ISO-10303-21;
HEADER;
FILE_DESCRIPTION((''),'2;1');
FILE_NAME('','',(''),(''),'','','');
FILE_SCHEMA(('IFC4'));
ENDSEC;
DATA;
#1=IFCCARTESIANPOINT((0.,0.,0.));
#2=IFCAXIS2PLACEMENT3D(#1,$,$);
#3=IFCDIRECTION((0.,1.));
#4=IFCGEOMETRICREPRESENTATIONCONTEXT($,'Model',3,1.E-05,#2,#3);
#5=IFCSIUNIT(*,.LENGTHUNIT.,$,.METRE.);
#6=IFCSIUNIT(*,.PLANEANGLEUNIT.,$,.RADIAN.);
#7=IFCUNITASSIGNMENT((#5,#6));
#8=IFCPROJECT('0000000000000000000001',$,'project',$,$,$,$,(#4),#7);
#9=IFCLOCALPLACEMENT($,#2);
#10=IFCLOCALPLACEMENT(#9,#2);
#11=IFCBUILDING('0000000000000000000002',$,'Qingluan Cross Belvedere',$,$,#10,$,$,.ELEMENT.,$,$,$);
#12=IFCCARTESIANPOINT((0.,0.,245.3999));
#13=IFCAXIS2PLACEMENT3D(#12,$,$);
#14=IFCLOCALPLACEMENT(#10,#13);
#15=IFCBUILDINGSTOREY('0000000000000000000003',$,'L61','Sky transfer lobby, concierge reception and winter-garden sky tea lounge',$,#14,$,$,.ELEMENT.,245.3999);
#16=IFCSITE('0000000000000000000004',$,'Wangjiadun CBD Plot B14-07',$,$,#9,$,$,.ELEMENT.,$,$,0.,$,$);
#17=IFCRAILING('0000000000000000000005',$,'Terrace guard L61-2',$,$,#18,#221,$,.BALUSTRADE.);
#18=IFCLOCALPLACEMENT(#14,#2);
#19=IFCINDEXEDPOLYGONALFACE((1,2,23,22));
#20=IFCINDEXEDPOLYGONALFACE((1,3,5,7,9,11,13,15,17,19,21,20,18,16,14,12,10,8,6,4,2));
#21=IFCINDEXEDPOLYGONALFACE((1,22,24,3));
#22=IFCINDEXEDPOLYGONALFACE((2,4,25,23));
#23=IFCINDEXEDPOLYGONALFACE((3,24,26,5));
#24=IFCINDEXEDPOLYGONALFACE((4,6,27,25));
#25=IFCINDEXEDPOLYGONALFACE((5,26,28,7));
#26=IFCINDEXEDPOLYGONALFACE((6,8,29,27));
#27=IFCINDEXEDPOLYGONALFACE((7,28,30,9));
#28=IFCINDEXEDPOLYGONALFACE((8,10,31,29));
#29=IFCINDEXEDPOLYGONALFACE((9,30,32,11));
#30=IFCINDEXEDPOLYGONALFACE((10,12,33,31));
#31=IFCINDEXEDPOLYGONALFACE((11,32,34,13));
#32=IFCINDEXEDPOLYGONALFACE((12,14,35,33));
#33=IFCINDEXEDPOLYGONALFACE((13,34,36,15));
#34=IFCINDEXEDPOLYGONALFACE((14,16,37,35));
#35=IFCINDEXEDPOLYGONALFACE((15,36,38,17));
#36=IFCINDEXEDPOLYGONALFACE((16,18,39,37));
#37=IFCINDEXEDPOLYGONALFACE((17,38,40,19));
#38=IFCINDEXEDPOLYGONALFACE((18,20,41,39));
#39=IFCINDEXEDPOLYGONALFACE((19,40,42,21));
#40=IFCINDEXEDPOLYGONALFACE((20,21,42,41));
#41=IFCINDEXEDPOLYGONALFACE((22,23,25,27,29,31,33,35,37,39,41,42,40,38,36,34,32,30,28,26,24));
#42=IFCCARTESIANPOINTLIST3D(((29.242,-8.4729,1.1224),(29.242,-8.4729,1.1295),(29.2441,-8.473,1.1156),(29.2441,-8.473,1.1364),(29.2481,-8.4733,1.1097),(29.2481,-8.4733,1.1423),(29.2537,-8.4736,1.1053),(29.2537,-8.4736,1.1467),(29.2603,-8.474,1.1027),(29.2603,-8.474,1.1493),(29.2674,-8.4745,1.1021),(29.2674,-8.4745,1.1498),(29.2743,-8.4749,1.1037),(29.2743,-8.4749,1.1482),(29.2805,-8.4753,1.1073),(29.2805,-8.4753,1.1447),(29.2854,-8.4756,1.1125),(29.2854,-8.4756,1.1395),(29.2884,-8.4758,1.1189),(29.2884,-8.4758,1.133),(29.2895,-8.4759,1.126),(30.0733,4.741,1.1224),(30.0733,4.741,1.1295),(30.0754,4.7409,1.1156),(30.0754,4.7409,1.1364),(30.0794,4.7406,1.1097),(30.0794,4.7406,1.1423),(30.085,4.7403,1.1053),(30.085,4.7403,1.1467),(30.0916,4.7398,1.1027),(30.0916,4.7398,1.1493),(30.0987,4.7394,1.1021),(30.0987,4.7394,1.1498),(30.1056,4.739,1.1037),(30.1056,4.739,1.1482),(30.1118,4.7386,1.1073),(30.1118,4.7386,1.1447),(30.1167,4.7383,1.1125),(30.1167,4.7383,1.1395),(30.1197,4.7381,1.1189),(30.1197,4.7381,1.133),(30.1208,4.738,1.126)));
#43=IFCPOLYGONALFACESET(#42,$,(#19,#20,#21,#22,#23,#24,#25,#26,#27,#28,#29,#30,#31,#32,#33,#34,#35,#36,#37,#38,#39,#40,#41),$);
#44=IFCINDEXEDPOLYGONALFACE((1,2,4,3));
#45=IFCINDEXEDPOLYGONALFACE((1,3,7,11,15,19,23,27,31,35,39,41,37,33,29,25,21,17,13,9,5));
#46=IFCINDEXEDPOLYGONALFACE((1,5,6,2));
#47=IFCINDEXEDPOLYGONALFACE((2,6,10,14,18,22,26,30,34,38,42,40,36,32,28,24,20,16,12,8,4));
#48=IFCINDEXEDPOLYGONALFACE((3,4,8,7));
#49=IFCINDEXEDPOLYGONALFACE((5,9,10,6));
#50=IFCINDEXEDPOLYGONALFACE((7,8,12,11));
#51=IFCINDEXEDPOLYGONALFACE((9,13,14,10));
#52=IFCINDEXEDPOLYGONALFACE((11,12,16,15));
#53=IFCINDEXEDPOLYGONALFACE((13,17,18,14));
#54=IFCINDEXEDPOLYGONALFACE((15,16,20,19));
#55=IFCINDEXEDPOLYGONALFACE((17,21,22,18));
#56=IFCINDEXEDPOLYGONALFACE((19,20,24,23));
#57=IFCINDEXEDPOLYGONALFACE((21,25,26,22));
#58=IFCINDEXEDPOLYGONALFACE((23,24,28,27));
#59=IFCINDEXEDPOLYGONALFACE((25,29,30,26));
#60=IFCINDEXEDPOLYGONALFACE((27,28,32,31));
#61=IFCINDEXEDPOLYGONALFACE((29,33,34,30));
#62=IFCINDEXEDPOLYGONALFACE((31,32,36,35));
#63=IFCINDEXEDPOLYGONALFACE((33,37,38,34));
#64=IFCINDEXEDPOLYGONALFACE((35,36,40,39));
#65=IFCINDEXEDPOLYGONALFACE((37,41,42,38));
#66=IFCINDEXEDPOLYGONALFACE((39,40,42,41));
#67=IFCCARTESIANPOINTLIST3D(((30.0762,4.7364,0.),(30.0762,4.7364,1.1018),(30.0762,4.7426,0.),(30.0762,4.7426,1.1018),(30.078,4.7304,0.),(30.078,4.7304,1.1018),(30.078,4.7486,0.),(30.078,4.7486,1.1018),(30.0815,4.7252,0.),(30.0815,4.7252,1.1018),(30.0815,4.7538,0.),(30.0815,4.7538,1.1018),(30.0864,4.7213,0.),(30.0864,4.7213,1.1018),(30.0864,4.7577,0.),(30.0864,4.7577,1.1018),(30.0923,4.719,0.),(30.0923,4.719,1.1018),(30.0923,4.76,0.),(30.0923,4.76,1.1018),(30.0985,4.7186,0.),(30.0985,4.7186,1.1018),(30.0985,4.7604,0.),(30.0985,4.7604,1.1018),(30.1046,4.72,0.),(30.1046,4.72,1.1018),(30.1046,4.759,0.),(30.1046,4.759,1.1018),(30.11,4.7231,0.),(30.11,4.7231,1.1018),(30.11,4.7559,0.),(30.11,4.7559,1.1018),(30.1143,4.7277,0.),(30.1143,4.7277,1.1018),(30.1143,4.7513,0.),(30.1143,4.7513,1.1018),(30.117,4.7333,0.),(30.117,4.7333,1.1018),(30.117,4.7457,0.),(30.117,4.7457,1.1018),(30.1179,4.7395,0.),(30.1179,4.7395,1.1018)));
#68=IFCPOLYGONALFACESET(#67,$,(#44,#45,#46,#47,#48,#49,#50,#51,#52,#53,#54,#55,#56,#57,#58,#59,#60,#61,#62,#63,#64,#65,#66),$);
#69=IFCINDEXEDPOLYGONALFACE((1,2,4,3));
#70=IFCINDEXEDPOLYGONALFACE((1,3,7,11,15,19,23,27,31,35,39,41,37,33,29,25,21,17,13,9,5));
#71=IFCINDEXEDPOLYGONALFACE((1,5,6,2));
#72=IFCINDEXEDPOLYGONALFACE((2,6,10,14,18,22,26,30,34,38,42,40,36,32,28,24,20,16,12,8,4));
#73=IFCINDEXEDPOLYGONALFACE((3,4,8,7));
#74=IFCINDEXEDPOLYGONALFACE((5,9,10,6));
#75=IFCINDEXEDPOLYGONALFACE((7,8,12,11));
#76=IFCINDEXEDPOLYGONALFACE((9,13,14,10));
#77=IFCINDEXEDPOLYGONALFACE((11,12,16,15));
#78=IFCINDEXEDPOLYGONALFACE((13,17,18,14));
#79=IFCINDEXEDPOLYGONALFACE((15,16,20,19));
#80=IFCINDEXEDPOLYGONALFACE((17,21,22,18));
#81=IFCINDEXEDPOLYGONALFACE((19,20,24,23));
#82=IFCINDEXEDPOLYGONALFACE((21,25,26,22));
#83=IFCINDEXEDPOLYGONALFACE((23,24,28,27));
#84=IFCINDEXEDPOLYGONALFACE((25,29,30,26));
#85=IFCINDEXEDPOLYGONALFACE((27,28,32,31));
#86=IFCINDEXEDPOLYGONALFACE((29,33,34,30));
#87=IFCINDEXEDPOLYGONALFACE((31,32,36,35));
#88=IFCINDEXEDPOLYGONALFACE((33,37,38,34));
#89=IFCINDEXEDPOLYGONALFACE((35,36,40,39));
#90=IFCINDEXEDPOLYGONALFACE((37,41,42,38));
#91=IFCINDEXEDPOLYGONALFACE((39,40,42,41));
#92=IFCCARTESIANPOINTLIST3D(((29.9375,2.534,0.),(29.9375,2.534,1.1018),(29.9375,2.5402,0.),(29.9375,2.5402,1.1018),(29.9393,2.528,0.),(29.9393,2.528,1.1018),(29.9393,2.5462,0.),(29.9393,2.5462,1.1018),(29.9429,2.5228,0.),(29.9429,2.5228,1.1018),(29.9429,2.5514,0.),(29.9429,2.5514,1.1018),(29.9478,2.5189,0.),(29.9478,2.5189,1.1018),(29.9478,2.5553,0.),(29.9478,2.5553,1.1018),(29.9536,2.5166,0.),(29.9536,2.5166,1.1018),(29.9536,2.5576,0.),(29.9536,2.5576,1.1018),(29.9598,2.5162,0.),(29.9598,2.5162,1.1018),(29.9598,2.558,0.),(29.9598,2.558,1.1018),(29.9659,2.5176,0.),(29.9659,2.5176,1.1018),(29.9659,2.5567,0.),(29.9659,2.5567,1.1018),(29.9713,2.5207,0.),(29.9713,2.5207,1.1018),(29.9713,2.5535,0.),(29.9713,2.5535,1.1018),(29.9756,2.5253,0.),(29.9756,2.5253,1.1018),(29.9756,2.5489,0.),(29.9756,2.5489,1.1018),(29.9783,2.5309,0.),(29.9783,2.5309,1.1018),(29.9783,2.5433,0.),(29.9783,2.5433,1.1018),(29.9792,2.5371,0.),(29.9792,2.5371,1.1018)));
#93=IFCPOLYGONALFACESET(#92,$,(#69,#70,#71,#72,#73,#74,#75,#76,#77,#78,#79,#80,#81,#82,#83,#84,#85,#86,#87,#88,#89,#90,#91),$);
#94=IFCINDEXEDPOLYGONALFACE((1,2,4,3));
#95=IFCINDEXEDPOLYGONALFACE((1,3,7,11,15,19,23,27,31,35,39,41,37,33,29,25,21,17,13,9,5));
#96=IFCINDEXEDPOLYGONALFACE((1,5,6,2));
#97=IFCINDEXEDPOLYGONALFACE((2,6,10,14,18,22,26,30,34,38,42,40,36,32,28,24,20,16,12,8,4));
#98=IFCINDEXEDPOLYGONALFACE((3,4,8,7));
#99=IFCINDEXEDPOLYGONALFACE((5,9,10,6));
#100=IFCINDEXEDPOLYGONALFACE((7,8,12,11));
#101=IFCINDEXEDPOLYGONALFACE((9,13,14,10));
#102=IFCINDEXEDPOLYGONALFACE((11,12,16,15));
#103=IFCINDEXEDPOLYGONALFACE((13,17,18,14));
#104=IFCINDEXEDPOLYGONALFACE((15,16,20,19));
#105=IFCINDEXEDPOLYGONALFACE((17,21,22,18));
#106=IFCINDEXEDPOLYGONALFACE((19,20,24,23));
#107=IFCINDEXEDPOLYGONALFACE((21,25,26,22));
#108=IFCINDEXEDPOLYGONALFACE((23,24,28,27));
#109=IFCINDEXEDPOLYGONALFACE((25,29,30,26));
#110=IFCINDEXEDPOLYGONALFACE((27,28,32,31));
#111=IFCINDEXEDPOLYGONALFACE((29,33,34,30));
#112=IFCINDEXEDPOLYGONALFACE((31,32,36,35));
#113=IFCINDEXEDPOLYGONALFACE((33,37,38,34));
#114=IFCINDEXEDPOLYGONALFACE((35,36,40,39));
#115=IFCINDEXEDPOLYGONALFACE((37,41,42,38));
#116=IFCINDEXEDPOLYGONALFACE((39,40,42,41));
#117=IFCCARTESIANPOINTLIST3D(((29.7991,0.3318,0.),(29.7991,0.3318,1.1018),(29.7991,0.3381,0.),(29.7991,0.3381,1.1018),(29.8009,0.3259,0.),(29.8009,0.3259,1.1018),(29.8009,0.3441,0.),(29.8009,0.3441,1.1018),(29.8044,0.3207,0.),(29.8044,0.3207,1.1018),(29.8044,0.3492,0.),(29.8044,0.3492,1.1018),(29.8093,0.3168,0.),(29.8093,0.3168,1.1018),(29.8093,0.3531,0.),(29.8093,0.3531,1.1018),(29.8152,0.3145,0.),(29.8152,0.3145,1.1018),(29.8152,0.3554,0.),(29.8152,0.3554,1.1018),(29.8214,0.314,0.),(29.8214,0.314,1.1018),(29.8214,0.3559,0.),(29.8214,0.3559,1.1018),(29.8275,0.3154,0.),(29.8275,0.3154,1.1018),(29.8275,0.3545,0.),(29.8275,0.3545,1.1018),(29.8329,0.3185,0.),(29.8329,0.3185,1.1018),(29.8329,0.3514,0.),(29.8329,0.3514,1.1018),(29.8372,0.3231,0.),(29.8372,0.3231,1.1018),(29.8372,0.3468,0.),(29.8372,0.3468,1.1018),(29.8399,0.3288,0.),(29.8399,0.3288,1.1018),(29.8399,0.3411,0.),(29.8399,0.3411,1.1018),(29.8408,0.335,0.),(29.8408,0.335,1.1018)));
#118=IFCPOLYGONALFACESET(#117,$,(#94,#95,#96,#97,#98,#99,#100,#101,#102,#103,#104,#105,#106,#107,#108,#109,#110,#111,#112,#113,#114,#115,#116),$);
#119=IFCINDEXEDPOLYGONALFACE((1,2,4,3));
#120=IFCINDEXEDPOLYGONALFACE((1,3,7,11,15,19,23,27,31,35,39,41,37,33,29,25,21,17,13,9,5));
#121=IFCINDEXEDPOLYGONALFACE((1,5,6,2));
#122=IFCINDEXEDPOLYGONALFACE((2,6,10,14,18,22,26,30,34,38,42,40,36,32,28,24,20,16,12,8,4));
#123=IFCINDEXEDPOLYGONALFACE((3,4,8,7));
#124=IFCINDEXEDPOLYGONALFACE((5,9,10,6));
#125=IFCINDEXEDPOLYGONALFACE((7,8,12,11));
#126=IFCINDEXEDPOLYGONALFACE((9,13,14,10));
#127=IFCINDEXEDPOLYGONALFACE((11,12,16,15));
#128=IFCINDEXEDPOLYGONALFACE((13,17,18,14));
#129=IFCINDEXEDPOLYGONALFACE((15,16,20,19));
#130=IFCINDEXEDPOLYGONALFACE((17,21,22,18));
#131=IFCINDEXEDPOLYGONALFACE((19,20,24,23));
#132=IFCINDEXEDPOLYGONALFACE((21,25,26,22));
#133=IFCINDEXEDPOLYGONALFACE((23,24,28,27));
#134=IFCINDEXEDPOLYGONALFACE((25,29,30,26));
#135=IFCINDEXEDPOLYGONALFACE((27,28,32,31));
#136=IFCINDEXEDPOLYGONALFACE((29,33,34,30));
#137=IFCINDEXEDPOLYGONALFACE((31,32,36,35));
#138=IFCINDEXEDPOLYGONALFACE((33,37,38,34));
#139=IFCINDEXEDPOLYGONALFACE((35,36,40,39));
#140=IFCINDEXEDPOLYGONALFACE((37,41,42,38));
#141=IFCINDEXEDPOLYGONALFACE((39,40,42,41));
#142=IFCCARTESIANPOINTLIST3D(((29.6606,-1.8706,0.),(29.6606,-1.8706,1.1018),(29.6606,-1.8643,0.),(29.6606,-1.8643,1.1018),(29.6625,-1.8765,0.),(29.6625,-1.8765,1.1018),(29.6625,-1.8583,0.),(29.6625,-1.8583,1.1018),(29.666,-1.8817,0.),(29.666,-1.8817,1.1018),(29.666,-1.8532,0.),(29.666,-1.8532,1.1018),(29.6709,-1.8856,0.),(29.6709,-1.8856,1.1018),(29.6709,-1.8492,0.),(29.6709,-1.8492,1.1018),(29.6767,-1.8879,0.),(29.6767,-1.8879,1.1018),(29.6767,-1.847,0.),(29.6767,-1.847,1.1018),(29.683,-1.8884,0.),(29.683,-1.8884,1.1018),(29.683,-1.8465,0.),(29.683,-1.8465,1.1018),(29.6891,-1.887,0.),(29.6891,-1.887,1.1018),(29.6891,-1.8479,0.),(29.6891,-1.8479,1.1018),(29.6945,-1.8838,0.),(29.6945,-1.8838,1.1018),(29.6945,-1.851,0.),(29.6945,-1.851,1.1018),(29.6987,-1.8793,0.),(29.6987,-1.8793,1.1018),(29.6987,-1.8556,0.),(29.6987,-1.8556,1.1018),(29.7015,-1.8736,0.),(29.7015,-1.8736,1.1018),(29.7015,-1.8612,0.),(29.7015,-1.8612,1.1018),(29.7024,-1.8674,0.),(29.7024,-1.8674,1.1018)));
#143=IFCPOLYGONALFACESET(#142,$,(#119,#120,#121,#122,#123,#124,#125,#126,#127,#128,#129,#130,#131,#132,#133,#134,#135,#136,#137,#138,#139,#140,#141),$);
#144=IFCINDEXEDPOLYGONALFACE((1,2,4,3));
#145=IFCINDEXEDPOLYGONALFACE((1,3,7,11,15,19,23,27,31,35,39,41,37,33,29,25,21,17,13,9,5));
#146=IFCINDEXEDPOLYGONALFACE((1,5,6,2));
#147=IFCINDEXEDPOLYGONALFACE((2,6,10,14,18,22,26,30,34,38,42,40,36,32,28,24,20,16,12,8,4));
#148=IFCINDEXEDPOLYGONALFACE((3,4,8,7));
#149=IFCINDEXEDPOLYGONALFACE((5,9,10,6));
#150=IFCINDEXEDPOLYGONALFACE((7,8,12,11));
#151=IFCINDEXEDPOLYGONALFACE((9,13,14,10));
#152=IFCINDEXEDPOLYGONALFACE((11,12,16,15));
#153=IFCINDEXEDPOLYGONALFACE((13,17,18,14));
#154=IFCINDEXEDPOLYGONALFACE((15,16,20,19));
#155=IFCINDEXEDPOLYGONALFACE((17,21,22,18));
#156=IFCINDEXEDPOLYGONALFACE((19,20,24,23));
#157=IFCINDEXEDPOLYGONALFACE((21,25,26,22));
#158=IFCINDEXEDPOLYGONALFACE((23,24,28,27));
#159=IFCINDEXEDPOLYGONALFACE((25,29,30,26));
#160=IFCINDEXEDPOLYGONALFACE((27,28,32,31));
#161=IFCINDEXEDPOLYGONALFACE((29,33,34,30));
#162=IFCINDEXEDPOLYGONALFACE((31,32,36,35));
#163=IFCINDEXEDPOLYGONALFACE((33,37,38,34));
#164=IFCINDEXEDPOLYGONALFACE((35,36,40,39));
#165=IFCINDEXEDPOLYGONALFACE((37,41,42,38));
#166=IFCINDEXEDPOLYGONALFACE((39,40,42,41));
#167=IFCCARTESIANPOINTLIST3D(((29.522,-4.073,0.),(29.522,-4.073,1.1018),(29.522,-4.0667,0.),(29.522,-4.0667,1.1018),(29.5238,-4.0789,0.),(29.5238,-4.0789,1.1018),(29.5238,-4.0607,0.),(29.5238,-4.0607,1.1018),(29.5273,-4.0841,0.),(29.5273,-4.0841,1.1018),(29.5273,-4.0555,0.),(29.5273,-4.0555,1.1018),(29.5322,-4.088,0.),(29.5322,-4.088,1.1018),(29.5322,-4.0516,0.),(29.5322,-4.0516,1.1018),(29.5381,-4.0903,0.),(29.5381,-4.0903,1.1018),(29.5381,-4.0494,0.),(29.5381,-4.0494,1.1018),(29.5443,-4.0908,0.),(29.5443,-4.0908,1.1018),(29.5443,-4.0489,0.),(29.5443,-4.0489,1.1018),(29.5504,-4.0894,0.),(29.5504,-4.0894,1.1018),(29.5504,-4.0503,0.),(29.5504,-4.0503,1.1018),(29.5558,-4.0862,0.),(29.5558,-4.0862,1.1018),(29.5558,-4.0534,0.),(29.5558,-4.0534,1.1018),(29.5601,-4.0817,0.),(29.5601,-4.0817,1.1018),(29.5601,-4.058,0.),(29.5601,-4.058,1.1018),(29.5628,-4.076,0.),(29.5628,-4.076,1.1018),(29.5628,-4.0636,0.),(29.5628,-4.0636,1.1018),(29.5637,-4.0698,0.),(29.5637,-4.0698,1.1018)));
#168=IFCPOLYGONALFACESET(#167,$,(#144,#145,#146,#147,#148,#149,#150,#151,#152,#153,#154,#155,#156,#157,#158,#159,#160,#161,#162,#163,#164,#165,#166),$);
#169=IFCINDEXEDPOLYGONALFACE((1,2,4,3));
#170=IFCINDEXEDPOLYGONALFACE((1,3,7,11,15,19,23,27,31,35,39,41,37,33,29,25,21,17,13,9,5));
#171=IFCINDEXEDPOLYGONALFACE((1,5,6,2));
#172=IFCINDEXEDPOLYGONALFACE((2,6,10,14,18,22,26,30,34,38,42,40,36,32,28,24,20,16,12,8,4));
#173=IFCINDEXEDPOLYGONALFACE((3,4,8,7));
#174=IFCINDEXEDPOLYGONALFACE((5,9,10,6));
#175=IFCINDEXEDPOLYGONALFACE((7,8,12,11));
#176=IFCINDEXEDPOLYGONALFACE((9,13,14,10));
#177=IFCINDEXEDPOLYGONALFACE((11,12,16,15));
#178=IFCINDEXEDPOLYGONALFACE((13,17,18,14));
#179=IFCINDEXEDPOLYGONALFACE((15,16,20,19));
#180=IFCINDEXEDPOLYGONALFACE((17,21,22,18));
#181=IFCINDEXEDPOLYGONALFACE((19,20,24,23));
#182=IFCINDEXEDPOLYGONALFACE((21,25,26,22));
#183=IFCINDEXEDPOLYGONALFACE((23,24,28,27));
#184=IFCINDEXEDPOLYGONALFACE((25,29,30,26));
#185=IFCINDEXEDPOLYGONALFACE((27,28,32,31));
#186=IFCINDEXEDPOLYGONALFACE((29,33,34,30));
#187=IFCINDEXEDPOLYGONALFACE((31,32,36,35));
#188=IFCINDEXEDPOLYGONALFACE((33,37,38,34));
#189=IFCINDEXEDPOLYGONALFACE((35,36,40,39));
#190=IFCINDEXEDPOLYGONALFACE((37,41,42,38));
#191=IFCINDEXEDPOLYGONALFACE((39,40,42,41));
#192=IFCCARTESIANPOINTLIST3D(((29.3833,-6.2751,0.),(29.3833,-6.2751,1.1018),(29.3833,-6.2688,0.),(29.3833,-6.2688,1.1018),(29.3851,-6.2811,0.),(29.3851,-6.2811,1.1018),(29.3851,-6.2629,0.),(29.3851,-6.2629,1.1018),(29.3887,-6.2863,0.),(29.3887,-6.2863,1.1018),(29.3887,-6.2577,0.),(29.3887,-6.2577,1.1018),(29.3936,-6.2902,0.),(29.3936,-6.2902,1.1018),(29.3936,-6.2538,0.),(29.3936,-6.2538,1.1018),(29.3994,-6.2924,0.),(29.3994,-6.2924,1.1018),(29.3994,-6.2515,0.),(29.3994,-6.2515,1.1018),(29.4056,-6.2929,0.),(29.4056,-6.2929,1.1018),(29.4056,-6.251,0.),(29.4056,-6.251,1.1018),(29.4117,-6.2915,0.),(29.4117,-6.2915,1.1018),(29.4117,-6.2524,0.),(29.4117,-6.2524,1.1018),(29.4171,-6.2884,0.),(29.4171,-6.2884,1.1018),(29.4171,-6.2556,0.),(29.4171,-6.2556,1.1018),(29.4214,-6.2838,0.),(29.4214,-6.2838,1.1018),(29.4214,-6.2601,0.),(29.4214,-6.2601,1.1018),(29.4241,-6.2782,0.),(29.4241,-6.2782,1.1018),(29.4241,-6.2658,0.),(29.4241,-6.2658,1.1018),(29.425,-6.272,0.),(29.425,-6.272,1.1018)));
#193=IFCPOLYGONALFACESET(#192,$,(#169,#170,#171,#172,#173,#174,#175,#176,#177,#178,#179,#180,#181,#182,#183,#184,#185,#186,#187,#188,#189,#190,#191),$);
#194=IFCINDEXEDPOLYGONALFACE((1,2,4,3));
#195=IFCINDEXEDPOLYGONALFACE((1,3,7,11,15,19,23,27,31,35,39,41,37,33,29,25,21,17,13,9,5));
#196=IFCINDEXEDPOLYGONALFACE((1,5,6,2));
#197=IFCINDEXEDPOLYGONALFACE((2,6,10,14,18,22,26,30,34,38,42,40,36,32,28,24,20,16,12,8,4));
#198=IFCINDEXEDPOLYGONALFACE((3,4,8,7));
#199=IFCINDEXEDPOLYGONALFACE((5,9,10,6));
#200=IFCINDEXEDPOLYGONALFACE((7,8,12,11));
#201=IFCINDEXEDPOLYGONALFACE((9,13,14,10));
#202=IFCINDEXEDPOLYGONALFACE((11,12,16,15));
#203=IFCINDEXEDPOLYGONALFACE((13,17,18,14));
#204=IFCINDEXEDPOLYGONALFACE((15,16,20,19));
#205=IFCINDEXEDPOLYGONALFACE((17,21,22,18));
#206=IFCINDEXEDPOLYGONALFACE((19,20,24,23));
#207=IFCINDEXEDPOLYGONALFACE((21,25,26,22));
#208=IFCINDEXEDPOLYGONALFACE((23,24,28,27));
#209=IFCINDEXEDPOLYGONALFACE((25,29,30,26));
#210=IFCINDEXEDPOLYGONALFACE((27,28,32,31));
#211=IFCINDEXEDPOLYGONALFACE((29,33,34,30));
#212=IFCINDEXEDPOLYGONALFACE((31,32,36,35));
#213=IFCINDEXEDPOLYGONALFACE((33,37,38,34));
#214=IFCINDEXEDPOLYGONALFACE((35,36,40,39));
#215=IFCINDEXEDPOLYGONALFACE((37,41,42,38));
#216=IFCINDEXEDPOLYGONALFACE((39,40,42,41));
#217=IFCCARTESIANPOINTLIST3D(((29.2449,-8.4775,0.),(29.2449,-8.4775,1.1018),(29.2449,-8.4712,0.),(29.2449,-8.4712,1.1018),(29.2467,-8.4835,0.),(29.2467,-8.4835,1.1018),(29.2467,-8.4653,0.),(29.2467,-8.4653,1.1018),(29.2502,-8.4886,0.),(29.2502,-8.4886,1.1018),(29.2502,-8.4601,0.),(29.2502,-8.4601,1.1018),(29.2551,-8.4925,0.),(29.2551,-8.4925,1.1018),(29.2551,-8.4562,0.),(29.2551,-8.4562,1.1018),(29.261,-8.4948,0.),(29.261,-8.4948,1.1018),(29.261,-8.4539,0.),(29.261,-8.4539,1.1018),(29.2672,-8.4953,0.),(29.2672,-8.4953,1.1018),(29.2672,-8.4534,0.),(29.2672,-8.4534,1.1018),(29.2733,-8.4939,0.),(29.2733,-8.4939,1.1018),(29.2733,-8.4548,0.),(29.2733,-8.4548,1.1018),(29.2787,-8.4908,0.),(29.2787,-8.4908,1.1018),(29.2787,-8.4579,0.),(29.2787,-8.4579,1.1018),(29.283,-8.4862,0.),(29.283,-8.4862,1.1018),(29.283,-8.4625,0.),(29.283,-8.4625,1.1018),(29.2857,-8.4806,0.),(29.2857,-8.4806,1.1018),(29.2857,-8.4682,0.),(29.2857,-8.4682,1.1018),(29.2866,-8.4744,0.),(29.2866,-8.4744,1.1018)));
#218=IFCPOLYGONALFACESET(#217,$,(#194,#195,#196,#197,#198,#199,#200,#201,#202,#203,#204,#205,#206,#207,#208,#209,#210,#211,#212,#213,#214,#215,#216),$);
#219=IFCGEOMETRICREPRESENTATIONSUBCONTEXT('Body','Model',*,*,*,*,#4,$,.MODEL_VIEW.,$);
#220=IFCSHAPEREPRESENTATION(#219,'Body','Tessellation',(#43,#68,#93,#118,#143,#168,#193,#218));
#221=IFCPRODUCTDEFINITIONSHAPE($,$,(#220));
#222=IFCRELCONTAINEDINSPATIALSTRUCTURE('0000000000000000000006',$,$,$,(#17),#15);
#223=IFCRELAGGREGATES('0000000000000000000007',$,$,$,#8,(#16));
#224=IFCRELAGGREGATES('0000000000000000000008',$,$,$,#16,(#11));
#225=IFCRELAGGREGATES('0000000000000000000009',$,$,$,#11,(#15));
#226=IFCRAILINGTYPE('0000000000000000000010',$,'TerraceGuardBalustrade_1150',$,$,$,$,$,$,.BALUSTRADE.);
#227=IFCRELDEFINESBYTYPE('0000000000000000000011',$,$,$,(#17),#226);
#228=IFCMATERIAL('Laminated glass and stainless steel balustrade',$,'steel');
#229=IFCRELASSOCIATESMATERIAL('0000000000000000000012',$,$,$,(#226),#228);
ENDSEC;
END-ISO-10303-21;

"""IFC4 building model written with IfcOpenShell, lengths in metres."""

from ifc_helpers import new_model, si_unit, direction, frame, origin, origin_2d, place, context, subcontext, project, spatial, circle, extrude, material, type_object, element, save


model = new_model("IFC4")

# Units and contexts
model_context = context("Model", 3, precision=1e-05, world=origin(), true_north=direction((0.0, 1.0)))
body_context = subcontext(model_context, "Body", "Model", "MODEL_VIEW")
ifc_project = project(units=[si_unit("LENGTHUNIT", "METRE"), si_unit("PLANEANGLEUNIT", "RADIAN")], contexts=[model_context])

# Site, building, storey
site_placement = place(None, origin())
site = spatial("IfcSite", under=ifc_project, at=site_placement, Name="Wangjiadun CBD Plot B14-07", CompositionType="ELEMENT", RefElevation=0.0)
building_placement = place(site_placement, origin())
building = spatial("IfcBuilding", under=site, at=building_placement, Name="Qingluan Cross Belvedere", CompositionType="ELEMENT")
storey_placement = place(building_placement, frame((0.0, 0.0, 245.3999)))
storey = spatial("IfcBuildingStorey", under=building, at=storey_placement, Name="L61", Description="Sky transfer lobby, concierge reception and winter-garden sky tea lounge", CompositionType="ELEMENT", Elevation=245.3999)

# Railing
ifc_material_1 = material(Name="Laminated glass and stainless steel balustrade", Category="steel")
railing_type = type_object("IfcRailingType", Name="TerraceGuardBalustrade_1150", PredefinedType="BALUSTRADE", material=ifc_material_1)
railing_1_placement = place(storey_placement, frame((30.0969, 4.7395, 0.0)))
element("IfcRailing", 1, at=railing_1_placement, inside=storey, type_object=railing_type, Name="Terrace guard L61-2", PredefinedType="BALUSTRADE", context=body_context, shape_type="SweptSolid", body=[
    extrude(circle(Radius=0.0239, at=origin_2d()), frame((0.0, 0.0, 1.126), z_axis=(-0.062787, -0.998027, 0.0), x_axis=(0.998027, -0.062787, 0.0)), (0.0, 0.0, 1.0), 13.24),
    extrude(circle(Radius=0.021, at=origin_2d()), origin(), (0.0, 0.0, 1.0), 1.1018),
    extrude(circle(Radius=0.021, at=origin_2d()), frame((-0.1387, -2.2024, 0.0)), (0.0, 0.0, 1.0), 1.1018),
    extrude(circle(Radius=0.021, at=origin_2d()), frame((-0.2771, -4.4045, 0.0)), (0.0, 0.0, 1.0), 1.1018),
    extrude(circle(Radius=0.021, at=origin_2d()), frame((-0.4155, -6.6069, 0.0)), (0.0, 0.0, 1.0), 1.1018),
    extrude(circle(Radius=0.021, at=origin_2d()), frame((-0.5542, -8.8093, 0.0)), (0.0, 0.0, 1.0), 1.1018),
    extrude(circle(Radius=0.021, at=origin_2d()), frame((-0.6929, -11.0115, 0.0)), (0.0, 0.0, 1.0), 1.1018),
    extrude(circle(Radius=0.021, at=origin_2d()), frame((-0.8313, -13.2139, 0.0)), (0.0, 0.0, 1.0), 1.1018),
])

save(model, "model.ifc")
